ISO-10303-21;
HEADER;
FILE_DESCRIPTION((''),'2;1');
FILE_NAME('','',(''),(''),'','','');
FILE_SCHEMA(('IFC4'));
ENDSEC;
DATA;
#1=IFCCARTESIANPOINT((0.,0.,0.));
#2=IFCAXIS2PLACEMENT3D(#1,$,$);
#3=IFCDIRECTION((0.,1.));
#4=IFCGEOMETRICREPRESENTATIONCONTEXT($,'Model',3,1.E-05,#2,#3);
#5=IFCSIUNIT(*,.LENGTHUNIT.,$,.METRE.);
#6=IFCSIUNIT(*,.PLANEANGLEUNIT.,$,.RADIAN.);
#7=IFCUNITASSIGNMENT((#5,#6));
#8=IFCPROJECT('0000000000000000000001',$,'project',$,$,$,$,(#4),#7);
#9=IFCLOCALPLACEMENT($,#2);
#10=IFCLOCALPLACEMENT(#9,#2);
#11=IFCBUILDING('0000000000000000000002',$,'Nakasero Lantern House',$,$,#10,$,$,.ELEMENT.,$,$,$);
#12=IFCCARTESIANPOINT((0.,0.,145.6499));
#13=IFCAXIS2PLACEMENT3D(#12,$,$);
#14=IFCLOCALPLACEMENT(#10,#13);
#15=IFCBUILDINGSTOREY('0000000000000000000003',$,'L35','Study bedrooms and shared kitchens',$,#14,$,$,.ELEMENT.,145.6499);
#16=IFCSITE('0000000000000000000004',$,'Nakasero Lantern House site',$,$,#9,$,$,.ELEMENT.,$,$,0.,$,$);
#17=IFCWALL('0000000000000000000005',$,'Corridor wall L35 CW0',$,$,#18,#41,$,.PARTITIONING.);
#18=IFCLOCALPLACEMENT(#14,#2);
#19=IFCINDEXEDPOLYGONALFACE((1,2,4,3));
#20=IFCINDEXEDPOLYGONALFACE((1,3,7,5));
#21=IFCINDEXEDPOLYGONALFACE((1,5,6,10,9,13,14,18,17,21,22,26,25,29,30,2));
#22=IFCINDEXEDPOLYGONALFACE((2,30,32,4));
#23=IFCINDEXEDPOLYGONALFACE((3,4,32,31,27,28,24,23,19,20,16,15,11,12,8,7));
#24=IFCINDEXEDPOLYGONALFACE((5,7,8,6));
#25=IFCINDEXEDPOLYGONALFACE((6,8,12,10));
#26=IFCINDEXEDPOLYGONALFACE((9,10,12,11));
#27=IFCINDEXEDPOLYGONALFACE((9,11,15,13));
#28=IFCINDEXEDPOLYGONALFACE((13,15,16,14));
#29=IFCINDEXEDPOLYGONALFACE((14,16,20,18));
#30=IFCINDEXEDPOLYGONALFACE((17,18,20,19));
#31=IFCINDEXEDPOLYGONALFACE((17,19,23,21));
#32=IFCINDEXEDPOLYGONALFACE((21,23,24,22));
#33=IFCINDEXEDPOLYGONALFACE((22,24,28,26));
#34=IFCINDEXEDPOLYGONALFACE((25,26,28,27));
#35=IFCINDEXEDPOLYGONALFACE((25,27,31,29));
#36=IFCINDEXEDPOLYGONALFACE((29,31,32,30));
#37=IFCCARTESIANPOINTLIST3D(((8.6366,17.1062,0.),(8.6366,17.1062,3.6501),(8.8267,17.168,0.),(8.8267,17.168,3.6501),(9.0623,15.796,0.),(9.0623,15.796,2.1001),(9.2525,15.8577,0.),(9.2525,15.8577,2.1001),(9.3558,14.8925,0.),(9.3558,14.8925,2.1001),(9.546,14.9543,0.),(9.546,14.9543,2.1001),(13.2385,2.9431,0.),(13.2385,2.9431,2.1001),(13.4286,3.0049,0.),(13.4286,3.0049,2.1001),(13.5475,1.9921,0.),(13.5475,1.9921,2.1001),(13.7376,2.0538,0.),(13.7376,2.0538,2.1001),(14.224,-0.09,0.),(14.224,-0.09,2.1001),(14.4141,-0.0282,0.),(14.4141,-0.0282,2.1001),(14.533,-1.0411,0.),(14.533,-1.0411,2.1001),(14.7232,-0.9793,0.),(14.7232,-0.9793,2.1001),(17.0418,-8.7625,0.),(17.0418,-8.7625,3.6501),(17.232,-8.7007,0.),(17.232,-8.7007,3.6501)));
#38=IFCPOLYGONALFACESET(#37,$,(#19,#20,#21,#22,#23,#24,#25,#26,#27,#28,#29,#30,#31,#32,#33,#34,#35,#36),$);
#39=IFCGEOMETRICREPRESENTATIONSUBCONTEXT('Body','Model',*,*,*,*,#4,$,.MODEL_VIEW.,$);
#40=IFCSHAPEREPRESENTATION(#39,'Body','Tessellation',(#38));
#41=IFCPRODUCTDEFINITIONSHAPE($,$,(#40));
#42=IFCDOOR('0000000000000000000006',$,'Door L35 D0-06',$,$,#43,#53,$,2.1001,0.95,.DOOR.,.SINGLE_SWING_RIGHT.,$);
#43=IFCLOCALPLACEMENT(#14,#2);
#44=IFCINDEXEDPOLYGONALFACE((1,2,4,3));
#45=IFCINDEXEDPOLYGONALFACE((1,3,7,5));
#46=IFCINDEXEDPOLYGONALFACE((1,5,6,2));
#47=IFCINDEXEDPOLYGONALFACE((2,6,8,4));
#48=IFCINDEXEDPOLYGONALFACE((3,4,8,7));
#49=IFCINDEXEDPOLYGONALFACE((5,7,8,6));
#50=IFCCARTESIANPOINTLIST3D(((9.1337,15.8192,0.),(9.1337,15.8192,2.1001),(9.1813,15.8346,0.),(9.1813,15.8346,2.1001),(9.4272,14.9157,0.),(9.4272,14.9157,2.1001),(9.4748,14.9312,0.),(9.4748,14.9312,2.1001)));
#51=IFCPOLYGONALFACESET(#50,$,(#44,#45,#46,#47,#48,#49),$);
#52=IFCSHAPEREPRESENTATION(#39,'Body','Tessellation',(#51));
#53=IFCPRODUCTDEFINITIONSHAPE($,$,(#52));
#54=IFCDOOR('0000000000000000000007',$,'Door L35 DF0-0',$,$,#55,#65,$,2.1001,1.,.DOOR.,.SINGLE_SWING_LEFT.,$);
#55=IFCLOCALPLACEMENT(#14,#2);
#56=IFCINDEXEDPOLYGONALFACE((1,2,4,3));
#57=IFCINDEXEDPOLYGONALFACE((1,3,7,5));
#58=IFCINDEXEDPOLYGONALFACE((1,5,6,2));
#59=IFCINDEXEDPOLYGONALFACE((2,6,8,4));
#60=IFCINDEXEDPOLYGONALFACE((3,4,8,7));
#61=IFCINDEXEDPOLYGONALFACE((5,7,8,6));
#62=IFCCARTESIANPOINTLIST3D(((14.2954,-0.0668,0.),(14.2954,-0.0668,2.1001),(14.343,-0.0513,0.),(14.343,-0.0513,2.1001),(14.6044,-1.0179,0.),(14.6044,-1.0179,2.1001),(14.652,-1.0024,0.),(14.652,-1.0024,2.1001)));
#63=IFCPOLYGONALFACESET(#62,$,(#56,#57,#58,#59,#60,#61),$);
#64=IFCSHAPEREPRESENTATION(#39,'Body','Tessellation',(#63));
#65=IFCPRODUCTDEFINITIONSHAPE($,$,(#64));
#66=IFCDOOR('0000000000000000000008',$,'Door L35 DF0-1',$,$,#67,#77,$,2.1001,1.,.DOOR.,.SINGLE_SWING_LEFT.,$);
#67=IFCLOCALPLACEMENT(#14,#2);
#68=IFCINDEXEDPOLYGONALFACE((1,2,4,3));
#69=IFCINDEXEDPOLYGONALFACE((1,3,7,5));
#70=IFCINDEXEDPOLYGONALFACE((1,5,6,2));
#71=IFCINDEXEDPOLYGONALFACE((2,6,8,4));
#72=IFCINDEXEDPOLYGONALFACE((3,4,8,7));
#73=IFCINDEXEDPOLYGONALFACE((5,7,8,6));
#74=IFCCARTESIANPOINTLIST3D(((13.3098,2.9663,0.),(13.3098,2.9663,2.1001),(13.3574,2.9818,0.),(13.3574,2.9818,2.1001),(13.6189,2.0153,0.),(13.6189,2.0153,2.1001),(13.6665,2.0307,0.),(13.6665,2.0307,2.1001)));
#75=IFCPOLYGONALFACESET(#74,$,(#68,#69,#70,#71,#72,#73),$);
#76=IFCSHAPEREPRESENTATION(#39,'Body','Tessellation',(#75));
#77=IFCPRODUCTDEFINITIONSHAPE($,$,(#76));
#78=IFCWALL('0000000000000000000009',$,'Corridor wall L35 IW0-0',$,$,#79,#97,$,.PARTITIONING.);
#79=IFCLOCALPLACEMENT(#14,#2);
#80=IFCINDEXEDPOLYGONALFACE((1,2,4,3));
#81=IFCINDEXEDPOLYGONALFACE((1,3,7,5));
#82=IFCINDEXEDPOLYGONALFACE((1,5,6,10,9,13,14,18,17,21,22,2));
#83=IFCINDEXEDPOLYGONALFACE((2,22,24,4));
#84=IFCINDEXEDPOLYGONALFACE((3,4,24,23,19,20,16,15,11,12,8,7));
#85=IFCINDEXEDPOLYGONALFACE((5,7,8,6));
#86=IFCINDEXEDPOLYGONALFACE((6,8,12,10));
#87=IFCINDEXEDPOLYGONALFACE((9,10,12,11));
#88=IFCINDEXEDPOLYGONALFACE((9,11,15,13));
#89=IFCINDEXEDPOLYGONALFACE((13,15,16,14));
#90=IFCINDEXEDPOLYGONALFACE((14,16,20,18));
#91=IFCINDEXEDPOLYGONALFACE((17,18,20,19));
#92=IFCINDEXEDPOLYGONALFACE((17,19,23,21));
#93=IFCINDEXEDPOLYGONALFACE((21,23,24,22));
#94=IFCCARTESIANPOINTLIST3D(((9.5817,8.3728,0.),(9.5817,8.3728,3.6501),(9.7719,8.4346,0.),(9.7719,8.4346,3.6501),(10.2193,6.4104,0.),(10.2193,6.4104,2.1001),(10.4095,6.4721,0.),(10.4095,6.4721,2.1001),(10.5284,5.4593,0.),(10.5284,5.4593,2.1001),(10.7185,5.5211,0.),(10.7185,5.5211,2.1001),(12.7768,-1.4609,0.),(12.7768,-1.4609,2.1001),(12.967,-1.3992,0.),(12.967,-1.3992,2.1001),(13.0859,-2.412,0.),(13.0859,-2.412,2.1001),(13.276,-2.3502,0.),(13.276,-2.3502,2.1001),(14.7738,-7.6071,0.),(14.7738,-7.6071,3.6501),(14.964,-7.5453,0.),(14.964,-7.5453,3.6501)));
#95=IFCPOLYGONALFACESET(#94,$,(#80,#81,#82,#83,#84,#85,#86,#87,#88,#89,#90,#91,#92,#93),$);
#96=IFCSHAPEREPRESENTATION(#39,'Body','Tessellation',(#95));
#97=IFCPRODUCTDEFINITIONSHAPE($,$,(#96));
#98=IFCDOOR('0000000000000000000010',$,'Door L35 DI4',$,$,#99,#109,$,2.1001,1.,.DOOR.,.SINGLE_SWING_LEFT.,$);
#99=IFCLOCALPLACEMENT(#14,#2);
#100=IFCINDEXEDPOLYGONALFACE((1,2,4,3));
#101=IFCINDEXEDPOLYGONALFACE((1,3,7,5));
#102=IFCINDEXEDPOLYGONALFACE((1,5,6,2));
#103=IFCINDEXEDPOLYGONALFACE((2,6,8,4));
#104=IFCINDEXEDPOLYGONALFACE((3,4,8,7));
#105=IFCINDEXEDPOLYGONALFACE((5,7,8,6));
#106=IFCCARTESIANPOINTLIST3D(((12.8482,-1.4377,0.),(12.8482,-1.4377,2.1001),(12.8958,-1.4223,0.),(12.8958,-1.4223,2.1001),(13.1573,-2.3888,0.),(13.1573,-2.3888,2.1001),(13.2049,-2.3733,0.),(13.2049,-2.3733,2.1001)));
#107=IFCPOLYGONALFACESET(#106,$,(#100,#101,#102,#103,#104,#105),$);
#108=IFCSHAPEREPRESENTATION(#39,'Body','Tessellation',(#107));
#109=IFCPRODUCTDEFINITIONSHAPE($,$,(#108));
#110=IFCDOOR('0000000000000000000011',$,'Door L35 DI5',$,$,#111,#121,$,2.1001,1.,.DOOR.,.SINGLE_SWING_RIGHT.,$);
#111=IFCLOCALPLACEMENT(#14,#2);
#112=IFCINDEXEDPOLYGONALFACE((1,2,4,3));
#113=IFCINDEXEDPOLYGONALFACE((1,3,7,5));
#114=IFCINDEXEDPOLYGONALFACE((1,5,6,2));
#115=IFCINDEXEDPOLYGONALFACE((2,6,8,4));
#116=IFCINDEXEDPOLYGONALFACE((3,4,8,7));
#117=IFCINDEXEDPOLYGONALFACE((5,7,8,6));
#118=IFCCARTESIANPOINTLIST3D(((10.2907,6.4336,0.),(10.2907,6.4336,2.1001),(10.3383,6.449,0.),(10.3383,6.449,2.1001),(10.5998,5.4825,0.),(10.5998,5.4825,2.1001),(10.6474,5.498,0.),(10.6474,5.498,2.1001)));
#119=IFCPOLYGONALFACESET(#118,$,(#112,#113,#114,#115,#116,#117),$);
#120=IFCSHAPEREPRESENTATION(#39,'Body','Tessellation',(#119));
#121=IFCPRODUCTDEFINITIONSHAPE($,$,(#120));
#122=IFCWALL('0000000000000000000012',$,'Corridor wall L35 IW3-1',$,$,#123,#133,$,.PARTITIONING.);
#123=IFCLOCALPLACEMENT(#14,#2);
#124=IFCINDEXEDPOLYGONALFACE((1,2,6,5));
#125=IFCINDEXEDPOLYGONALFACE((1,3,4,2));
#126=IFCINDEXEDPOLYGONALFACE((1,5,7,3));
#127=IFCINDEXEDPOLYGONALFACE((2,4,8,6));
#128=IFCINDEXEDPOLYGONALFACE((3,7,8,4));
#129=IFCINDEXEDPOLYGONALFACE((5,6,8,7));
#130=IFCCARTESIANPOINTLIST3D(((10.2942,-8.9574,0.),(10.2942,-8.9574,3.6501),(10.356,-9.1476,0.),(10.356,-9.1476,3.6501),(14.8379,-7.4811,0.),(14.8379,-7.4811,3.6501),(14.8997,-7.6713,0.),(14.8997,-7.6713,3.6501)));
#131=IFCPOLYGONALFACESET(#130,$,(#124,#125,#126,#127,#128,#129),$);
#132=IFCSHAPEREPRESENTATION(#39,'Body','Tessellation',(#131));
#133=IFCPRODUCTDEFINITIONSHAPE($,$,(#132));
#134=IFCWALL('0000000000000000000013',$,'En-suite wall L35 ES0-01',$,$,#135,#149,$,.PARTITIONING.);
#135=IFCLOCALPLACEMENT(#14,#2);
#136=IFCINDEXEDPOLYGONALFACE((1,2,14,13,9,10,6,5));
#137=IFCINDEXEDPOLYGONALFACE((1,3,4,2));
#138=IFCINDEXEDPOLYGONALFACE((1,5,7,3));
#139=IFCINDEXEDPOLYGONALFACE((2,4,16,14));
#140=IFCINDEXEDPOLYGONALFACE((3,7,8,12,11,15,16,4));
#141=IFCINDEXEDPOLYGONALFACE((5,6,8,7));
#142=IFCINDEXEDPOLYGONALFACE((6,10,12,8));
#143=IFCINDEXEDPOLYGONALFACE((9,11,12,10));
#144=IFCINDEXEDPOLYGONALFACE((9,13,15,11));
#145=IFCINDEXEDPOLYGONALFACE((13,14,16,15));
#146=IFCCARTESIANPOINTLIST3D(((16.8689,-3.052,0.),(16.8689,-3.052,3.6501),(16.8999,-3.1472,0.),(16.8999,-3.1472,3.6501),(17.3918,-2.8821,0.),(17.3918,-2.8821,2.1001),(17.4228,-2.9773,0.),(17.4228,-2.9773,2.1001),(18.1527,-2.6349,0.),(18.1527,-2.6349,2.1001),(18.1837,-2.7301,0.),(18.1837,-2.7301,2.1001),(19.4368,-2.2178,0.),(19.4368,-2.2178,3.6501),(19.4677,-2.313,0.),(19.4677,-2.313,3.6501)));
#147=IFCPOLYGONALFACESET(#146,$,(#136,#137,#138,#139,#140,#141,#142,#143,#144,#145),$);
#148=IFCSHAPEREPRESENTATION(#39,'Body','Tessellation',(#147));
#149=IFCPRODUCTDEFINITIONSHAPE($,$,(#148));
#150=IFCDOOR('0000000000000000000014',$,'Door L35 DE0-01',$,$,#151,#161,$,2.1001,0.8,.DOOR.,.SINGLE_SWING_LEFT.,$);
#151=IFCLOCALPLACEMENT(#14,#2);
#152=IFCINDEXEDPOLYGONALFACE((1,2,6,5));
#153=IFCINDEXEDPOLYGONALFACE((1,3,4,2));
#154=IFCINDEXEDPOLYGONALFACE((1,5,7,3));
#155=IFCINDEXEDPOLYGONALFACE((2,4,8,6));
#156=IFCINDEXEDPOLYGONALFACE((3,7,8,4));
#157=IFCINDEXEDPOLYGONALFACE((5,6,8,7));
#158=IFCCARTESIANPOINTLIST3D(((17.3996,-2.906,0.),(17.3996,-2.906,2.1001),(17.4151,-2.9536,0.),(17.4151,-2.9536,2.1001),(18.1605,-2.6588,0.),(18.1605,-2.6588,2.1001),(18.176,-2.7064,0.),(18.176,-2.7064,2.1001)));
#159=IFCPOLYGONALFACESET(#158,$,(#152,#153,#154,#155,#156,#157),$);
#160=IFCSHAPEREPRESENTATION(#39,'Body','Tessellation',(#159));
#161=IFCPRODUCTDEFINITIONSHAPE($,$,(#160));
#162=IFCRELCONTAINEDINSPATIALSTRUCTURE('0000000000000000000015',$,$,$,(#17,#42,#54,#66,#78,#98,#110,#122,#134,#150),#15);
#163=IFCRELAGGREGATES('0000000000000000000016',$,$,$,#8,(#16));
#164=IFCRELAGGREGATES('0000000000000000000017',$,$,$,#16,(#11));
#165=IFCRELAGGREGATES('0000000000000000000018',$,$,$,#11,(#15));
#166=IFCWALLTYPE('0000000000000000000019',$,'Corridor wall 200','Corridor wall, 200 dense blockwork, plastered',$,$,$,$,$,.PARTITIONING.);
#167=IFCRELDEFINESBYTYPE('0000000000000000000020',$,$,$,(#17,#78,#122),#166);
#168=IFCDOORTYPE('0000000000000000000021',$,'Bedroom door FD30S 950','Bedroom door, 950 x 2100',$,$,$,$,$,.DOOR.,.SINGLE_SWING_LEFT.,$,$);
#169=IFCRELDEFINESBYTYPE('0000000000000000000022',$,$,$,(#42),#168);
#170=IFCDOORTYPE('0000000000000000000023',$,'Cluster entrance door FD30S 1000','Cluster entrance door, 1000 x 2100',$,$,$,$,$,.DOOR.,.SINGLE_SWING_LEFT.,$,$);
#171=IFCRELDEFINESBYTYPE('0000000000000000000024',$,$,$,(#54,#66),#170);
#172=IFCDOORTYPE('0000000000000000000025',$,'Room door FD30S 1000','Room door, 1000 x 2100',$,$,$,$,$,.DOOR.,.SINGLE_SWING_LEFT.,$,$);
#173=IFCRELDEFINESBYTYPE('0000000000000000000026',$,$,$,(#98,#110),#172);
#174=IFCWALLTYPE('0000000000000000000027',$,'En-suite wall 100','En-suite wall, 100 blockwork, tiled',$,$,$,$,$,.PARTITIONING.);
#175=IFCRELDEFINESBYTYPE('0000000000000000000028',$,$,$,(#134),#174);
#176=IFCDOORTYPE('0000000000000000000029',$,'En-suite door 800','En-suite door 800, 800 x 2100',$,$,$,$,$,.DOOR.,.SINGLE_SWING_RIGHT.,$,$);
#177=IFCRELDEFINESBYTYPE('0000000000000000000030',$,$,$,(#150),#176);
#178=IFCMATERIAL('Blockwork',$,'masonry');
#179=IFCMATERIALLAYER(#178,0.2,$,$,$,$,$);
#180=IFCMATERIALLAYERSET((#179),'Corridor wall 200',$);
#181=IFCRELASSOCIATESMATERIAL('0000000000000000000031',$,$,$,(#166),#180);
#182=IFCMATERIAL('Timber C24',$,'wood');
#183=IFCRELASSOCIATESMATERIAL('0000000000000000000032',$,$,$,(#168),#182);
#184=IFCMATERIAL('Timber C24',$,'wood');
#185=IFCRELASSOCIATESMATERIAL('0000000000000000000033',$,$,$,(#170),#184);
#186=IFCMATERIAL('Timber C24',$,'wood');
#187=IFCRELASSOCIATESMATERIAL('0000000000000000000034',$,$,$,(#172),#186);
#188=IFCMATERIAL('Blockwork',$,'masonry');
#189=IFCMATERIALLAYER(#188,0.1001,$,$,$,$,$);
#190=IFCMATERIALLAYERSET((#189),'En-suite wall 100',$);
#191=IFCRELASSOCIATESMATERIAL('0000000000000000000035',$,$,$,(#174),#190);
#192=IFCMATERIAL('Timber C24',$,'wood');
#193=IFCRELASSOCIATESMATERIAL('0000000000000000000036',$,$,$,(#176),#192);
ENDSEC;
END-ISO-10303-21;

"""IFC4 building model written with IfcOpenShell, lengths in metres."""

from ifc_helpers import new_model, si_unit, direction, frame, frame_2d, origin, place, context, subcontext, project, spatial, rectangle, extrude, material, layer, layer_set, type_object, element, fill, save


model = new_model("IFC4")

# Units and contexts
model_context = context("Model", 3, precision=1e-05, world=origin(), true_north=direction((0.0, 1.0)))
body_context = subcontext(model_context, "Body", "Model", "MODEL_VIEW")
ifc_project = project(units=[si_unit("LENGTHUNIT", "METRE"), si_unit("PLANEANGLEUNIT", "RADIAN")], contexts=[model_context])

# Site, building, storey
site_placement = place(None, origin())
site = spatial("IfcSite", under=ifc_project, at=site_placement, Name="Nakasero Lantern House site", CompositionType="ELEMENT", RefElevation=0.0)
building_placement = place(site_placement, origin())
building = spatial("IfcBuilding", under=site, at=building_placement, Name="Nakasero Lantern House", CompositionType="ELEMENT")
storey_placement = place(building_placement, frame((0.0, 0.0, 145.6499)))
storey = spatial("IfcBuildingStorey", under=building, at=storey_placement, Name="L35", Description="Study bedrooms and shared kitchens", CompositionType="ELEMENT", Elevation=145.6499)

# Walls, openings, doors
ifc_material_1 = material(Name="Blockwork", Category="masonry")
ifc_layer_1 = layer(ifc_material_1, 0.2)
ifc_layer_set_1 = layer_set([ifc_layer_1], Name="Corridor wall 200")
wall_type_1 = type_object("IfcWallType", Name="Corridor wall 200", Description="Corridor wall, 200 dense blockwork, plastered", PredefinedType="PARTITIONING", material=ifc_layer_set_1)
wall_1_placement = place(storey_placement, frame((17.137, -8.7317, 0.0), z_axis=(0.0, 0.0, 1.0), x_axis=(-0.309018, 0.951056, 0.0)))
wall_1 = element("IfcWall", 1, at=wall_1_placement, inside=storey, type_object=wall_type_1, Name="Corridor wall L35 CW0", PredefinedType="PARTITIONING", context=body_context, shape_type="SweptSolid", body=[
    extrude(rectangle(XDim=27.2, YDim=0.2, at=frame_2d((13.6001, 0.0))), origin(), (0.0, 0.0, 1.0), 3.6501),
])
opening_1_placement = place(wall_1_placement, frame((8.1189, 0.0, 0.0)))
opening_1 = element("IfcOpeningElement", 2, at=opening_1_placement, cuts=wall_1, PredefinedType="OPENING", context=body_context, shape_type="SweptSolid", body=[
    extrude(rectangle(XDim=1.0, YDim=2.1001, at=frame_2d((0.5, 1.05))), frame((0.0, 0.1199, 0.0), z_axis=(0.0, -1.0, 0.0), x_axis=(1.0, 0.0, 0.0)), (0.0, 0.0, 1.0), 0.24),
])
opening_2_placement = place(wall_1_placement, frame((11.3081, 0.0, 0.0)))
opening_2 = element("IfcOpeningElement", 3, at=opening_2_placement, cuts=wall_1, PredefinedType="OPENING", context=body_context, shape_type="SweptSolid", body=[
    extrude(rectangle(XDim=1.0, YDim=2.1001, at=frame_2d((0.5, 1.05))), frame((0.0, 0.1199, 0.0), z_axis=(0.0, -1.0, 0.0), x_axis=(1.0, 0.0, 0.0)), (0.0, 0.0, 1.0), 0.24),
])
opening_3_placement = place(wall_1_placement, frame((24.8723, 0.0, 0.0)))
opening_3 = element("IfcOpeningElement", 4, at=opening_3_placement, cuts=wall_1, PredefinedType="OPENING", context=body_context, shape_type="SweptSolid", body=[
    extrude(rectangle(XDim=0.95, YDim=2.1001, at=frame_2d((0.4751, 1.05))), frame((0.0, 0.1199, 0.0), z_axis=(0.0, -1.0, 0.0), x_axis=(1.0, 0.0, 0.0)), (0.0, 0.0, 1.0), 0.24),
])
ifc_material_2 = material(Name="Timber C24", Category="wood")
door_type_1 = type_object("IfcDoorType", Name="Bedroom door FD30S 950", Description="Bedroom door, 950 x 2100", OperationType="SINGLE_SWING_LEFT", PredefinedType="DOOR", material=ifc_material_2)
door_1_placement = place(opening_3_placement, origin())
door_1 = element("IfcDoor", 5, at=door_1_placement, inside=storey, type_object=door_type_1, Name="Door L35 D0-06", OperationType="SINGLE_SWING_RIGHT", OverallHeight=2.1001, OverallWidth=0.95, PredefinedType="DOOR", context=body_context, shape_type="SweptSolid", body=[
    extrude(rectangle(XDim=0.95, YDim=2.1001, at=frame_2d((0.4751, 1.05))), frame((0.0, 0.0249, 0.0), z_axis=(0.0, -1.0, 0.0), x_axis=(1.0, 0.0, 0.0)), (0.0, 0.0, 1.0), 0.05),
])
fill(opening_3, door_1)
ifc_material_3 = material(Name="Timber C24", Category="wood")
door_type_2 = type_object("IfcDoorType", Name="Cluster entrance door FD30S 1000", Description="Cluster entrance door, 1000 x 2100", OperationType="SINGLE_SWING_LEFT", PredefinedType="DOOR", material=ifc_material_3)
door_2_placement = place(opening_1_placement, origin())
door_2 = element("IfcDoor", 6, at=door_2_placement, inside=storey, type_object=door_type_2, Name="Door L35 DF0-0", OperationType="SINGLE_SWING_LEFT", OverallHeight=2.1001, OverallWidth=1.0, PredefinedType="DOOR", context=body_context, shape_type="SweptSolid", body=[
    extrude(rectangle(XDim=1.0, YDim=2.1001, at=frame_2d((0.5, 1.05))), frame((0.0, 0.0249, 0.0), z_axis=(0.0, -1.0, 0.0), x_axis=(1.0, 0.0, 0.0)), (0.0, 0.0, 1.0), 0.05),
])
fill(opening_1, door_2)
door_3_placement = place(opening_2_placement, origin())
door_3 = element("IfcDoor", 7, at=door_3_placement, inside=storey, type_object=door_type_2, Name="Door L35 DF0-1", OperationType="SINGLE_SWING_LEFT", OverallHeight=2.1001, OverallWidth=1.0, PredefinedType="DOOR", context=body_context, shape_type="SweptSolid", body=[
    extrude(rectangle(XDim=1.0, YDim=2.1001, at=frame_2d((0.5, 1.05))), frame((0.0, 0.0249, 0.0), z_axis=(0.0, -1.0, 0.0), x_axis=(1.0, 0.0, 0.0)), (0.0, 0.0, 1.0), 0.05),
])
fill(opening_2, door_3)
wall_2_placement = place(storey_placement, frame((14.8689, -7.5762, 0.0), z_axis=(0.0, 0.0, 1.0), x_axis=(-0.309013, 0.951058, 0.0)))
wall_2 = element("IfcWall", 8, at=wall_2_placement, inside=storey, type_object=wall_type_1, Name="Corridor wall L35 IW0-0", PredefinedType="PARTITIONING", context=body_context, shape_type="SweptSolid", body=[
    extrude(rectangle(XDim=16.8022, YDim=0.2, at=frame_2d((8.4011, 0.0))), origin(), (0.0, 0.0, 1.0), 3.6501),
])
opening_4_placement = place(wall_2_placement, frame((5.4624, 0.0, 0.0)))
opening_4 = element("IfcOpeningElement", 9, at=opening_4_placement, cuts=wall_2, PredefinedType="OPENING", context=body_context, shape_type="SweptSolid", body=[
    extrude(rectangle(XDim=1.0, YDim=2.1001, at=frame_2d((0.5, 1.05))), frame((0.0, 0.1199, 0.0), z_axis=(0.0, -1.0, 0.0), x_axis=(1.0, 0.0, 0.0)), (0.0, 0.0, 1.0), 0.24),
])
opening_5_placement = place(wall_2_placement, frame((13.7388, 0.0, 0.0)))
opening_5 = element("IfcOpeningElement", 10, at=opening_5_placement, cuts=wall_2, PredefinedType="OPENING", context=body_context, shape_type="SweptSolid", body=[
    extrude(rectangle(XDim=1.0, YDim=2.1001, at=frame_2d((0.5, 1.05))), frame((0.0, 0.1199, 0.0), z_axis=(0.0, -1.0, 0.0), x_axis=(1.0, 0.0, 0.0)), (0.0, 0.0, 1.0), 0.24),
])
ifc_material_4 = material(Name="Timber C24", Category="wood")
door_type_3 = type_object("IfcDoorType", Name="Room door FD30S 1000", Description="Room door, 1000 x 2100", OperationType="SINGLE_SWING_LEFT", PredefinedType="DOOR", material=ifc_material_4)
door_4_placement = place(opening_4_placement, origin())
door_4 = element("IfcDoor", 11, at=door_4_placement, inside=storey, type_object=door_type_3, Name="Door L35 DI4", OperationType="SINGLE_SWING_LEFT", OverallHeight=2.1001, OverallWidth=1.0, PredefinedType="DOOR", context=body_context, shape_type="SweptSolid", body=[
    extrude(rectangle(XDim=1.0, YDim=2.1001, at=frame_2d((0.5, 1.05))), frame((0.0, 0.0249, 0.0), z_axis=(0.0, -1.0, 0.0), x_axis=(1.0, 0.0, 0.0)), (0.0, 0.0, 1.0), 0.05),
])
fill(opening_4, door_4)
door_5_placement = place(opening_5_placement, origin())
door_5 = element("IfcDoor", 12, at=door_5_placement, inside=storey, type_object=door_type_3, Name="Door L35 DI5", OperationType="SINGLE_SWING_RIGHT", OverallHeight=2.1001, OverallWidth=1.0, PredefinedType="DOOR", context=body_context, shape_type="SweptSolid", body=[
    extrude(rectangle(XDim=1.0, YDim=2.1001, at=frame_2d((0.5, 1.05))), frame((0.0, 0.0249, 0.0), z_axis=(0.0, -1.0, 0.0), x_axis=(1.0, 0.0, 0.0)), (0.0, 0.0, 1.0), 0.05),
])
fill(opening_5, door_5)

# Wall
wall_3_placement = place(storey_placement, frame((10.3252, -9.0525, 0.0), z_axis=(0.0, 0.0, 1.0), x_axis=(0.951058, 0.309013, 0.0)))
element("IfcWall", 13, at=wall_3_placement, inside=storey, type_object=wall_type_1, Name="Corridor wall L35 IW3-1", PredefinedType="PARTITIONING", context=body_context, shape_type="SweptSolid", body=[
    extrude(rectangle(XDim=4.7776, YDim=0.2, at=frame_2d((2.3887, 0.0))), origin(), (0.0, 0.0, 1.0), 3.6501),
])

# Wall, opening, door
ifc_material_5 = material(Name="Blockwork", Category="masonry")
ifc_layer_2 = layer(ifc_material_5, 0.1001)
ifc_layer_set_2 = layer_set([ifc_layer_2], Name="En-suite wall 100")
wall_type_2 = type_object("IfcWallType", Name="En-suite wall 100", Description="En-suite wall, 100 blockwork, tiled", PredefinedType="PARTITIONING", material=ifc_layer_set_2)
wall_4_placement = place(storey_placement, frame((16.8843, -3.0996, 0.0), z_axis=(0.0, 0.0, 1.0), x_axis=(0.95107, 0.308976, 0.0)))
wall_4 = element("IfcWall", 14, at=wall_4_placement, inside=storey, type_object=wall_type_2, Name="En-suite wall L35 ES0-01", PredefinedType="PARTITIONING", context=body_context, shape_type="SweptSolid", body=[
    extrude(rectangle(XDim=2.7, YDim=0.1001, at=frame_2d((1.3501, 0.0))), origin(), (0.0, 0.0, 1.0), 3.6501),
])
opening_6_placement = place(wall_4_placement, frame((0.55, 0.0, 0.0)))
opening_6 = element("IfcOpeningElement", 15, at=opening_6_placement, cuts=wall_4, PredefinedType="OPENING", context=body_context, shape_type="SweptSolid", body=[
    extrude(rectangle(XDim=0.8, YDim=2.1001, at=frame_2d((0.3999, 1.05))), frame((0.0, 0.0701, 0.0), z_axis=(0.0, -1.0, 0.0), x_axis=(1.0, 0.0, 0.0)), (0.0, 0.0, 1.0), 0.1401),
])
ifc_material_6 = material(Name="Timber C24", Category="wood")
door_type_4 = type_object("IfcDoorType", Name="En-suite door 800", Description="En-suite door 800, 800 x 2100", OperationType="SINGLE_SWING_RIGHT", PredefinedType="DOOR", material=ifc_material_6)
door_6_placement = place(opening_6_placement, origin())
door_6 = element("IfcDoor", 16, at=door_6_placement, inside=storey, type_object=door_type_4, Name="Door L35 DE0-01", OperationType="SINGLE_SWING_LEFT", OverallHeight=2.1001, OverallWidth=0.8, PredefinedType="DOOR", context=body_context, shape_type="SweptSolid", body=[
    extrude(rectangle(XDim=0.8, YDim=2.1001, at=frame_2d((0.3999, 1.05))), frame((0.0, 0.0249, 0.0), z_axis=(0.0, -1.0, 0.0), x_axis=(1.0, 0.0, 0.0)), (0.0, 0.0, 1.0), 0.05),
])
fill(opening_6, door_6)

save(model, "model.ifc")
